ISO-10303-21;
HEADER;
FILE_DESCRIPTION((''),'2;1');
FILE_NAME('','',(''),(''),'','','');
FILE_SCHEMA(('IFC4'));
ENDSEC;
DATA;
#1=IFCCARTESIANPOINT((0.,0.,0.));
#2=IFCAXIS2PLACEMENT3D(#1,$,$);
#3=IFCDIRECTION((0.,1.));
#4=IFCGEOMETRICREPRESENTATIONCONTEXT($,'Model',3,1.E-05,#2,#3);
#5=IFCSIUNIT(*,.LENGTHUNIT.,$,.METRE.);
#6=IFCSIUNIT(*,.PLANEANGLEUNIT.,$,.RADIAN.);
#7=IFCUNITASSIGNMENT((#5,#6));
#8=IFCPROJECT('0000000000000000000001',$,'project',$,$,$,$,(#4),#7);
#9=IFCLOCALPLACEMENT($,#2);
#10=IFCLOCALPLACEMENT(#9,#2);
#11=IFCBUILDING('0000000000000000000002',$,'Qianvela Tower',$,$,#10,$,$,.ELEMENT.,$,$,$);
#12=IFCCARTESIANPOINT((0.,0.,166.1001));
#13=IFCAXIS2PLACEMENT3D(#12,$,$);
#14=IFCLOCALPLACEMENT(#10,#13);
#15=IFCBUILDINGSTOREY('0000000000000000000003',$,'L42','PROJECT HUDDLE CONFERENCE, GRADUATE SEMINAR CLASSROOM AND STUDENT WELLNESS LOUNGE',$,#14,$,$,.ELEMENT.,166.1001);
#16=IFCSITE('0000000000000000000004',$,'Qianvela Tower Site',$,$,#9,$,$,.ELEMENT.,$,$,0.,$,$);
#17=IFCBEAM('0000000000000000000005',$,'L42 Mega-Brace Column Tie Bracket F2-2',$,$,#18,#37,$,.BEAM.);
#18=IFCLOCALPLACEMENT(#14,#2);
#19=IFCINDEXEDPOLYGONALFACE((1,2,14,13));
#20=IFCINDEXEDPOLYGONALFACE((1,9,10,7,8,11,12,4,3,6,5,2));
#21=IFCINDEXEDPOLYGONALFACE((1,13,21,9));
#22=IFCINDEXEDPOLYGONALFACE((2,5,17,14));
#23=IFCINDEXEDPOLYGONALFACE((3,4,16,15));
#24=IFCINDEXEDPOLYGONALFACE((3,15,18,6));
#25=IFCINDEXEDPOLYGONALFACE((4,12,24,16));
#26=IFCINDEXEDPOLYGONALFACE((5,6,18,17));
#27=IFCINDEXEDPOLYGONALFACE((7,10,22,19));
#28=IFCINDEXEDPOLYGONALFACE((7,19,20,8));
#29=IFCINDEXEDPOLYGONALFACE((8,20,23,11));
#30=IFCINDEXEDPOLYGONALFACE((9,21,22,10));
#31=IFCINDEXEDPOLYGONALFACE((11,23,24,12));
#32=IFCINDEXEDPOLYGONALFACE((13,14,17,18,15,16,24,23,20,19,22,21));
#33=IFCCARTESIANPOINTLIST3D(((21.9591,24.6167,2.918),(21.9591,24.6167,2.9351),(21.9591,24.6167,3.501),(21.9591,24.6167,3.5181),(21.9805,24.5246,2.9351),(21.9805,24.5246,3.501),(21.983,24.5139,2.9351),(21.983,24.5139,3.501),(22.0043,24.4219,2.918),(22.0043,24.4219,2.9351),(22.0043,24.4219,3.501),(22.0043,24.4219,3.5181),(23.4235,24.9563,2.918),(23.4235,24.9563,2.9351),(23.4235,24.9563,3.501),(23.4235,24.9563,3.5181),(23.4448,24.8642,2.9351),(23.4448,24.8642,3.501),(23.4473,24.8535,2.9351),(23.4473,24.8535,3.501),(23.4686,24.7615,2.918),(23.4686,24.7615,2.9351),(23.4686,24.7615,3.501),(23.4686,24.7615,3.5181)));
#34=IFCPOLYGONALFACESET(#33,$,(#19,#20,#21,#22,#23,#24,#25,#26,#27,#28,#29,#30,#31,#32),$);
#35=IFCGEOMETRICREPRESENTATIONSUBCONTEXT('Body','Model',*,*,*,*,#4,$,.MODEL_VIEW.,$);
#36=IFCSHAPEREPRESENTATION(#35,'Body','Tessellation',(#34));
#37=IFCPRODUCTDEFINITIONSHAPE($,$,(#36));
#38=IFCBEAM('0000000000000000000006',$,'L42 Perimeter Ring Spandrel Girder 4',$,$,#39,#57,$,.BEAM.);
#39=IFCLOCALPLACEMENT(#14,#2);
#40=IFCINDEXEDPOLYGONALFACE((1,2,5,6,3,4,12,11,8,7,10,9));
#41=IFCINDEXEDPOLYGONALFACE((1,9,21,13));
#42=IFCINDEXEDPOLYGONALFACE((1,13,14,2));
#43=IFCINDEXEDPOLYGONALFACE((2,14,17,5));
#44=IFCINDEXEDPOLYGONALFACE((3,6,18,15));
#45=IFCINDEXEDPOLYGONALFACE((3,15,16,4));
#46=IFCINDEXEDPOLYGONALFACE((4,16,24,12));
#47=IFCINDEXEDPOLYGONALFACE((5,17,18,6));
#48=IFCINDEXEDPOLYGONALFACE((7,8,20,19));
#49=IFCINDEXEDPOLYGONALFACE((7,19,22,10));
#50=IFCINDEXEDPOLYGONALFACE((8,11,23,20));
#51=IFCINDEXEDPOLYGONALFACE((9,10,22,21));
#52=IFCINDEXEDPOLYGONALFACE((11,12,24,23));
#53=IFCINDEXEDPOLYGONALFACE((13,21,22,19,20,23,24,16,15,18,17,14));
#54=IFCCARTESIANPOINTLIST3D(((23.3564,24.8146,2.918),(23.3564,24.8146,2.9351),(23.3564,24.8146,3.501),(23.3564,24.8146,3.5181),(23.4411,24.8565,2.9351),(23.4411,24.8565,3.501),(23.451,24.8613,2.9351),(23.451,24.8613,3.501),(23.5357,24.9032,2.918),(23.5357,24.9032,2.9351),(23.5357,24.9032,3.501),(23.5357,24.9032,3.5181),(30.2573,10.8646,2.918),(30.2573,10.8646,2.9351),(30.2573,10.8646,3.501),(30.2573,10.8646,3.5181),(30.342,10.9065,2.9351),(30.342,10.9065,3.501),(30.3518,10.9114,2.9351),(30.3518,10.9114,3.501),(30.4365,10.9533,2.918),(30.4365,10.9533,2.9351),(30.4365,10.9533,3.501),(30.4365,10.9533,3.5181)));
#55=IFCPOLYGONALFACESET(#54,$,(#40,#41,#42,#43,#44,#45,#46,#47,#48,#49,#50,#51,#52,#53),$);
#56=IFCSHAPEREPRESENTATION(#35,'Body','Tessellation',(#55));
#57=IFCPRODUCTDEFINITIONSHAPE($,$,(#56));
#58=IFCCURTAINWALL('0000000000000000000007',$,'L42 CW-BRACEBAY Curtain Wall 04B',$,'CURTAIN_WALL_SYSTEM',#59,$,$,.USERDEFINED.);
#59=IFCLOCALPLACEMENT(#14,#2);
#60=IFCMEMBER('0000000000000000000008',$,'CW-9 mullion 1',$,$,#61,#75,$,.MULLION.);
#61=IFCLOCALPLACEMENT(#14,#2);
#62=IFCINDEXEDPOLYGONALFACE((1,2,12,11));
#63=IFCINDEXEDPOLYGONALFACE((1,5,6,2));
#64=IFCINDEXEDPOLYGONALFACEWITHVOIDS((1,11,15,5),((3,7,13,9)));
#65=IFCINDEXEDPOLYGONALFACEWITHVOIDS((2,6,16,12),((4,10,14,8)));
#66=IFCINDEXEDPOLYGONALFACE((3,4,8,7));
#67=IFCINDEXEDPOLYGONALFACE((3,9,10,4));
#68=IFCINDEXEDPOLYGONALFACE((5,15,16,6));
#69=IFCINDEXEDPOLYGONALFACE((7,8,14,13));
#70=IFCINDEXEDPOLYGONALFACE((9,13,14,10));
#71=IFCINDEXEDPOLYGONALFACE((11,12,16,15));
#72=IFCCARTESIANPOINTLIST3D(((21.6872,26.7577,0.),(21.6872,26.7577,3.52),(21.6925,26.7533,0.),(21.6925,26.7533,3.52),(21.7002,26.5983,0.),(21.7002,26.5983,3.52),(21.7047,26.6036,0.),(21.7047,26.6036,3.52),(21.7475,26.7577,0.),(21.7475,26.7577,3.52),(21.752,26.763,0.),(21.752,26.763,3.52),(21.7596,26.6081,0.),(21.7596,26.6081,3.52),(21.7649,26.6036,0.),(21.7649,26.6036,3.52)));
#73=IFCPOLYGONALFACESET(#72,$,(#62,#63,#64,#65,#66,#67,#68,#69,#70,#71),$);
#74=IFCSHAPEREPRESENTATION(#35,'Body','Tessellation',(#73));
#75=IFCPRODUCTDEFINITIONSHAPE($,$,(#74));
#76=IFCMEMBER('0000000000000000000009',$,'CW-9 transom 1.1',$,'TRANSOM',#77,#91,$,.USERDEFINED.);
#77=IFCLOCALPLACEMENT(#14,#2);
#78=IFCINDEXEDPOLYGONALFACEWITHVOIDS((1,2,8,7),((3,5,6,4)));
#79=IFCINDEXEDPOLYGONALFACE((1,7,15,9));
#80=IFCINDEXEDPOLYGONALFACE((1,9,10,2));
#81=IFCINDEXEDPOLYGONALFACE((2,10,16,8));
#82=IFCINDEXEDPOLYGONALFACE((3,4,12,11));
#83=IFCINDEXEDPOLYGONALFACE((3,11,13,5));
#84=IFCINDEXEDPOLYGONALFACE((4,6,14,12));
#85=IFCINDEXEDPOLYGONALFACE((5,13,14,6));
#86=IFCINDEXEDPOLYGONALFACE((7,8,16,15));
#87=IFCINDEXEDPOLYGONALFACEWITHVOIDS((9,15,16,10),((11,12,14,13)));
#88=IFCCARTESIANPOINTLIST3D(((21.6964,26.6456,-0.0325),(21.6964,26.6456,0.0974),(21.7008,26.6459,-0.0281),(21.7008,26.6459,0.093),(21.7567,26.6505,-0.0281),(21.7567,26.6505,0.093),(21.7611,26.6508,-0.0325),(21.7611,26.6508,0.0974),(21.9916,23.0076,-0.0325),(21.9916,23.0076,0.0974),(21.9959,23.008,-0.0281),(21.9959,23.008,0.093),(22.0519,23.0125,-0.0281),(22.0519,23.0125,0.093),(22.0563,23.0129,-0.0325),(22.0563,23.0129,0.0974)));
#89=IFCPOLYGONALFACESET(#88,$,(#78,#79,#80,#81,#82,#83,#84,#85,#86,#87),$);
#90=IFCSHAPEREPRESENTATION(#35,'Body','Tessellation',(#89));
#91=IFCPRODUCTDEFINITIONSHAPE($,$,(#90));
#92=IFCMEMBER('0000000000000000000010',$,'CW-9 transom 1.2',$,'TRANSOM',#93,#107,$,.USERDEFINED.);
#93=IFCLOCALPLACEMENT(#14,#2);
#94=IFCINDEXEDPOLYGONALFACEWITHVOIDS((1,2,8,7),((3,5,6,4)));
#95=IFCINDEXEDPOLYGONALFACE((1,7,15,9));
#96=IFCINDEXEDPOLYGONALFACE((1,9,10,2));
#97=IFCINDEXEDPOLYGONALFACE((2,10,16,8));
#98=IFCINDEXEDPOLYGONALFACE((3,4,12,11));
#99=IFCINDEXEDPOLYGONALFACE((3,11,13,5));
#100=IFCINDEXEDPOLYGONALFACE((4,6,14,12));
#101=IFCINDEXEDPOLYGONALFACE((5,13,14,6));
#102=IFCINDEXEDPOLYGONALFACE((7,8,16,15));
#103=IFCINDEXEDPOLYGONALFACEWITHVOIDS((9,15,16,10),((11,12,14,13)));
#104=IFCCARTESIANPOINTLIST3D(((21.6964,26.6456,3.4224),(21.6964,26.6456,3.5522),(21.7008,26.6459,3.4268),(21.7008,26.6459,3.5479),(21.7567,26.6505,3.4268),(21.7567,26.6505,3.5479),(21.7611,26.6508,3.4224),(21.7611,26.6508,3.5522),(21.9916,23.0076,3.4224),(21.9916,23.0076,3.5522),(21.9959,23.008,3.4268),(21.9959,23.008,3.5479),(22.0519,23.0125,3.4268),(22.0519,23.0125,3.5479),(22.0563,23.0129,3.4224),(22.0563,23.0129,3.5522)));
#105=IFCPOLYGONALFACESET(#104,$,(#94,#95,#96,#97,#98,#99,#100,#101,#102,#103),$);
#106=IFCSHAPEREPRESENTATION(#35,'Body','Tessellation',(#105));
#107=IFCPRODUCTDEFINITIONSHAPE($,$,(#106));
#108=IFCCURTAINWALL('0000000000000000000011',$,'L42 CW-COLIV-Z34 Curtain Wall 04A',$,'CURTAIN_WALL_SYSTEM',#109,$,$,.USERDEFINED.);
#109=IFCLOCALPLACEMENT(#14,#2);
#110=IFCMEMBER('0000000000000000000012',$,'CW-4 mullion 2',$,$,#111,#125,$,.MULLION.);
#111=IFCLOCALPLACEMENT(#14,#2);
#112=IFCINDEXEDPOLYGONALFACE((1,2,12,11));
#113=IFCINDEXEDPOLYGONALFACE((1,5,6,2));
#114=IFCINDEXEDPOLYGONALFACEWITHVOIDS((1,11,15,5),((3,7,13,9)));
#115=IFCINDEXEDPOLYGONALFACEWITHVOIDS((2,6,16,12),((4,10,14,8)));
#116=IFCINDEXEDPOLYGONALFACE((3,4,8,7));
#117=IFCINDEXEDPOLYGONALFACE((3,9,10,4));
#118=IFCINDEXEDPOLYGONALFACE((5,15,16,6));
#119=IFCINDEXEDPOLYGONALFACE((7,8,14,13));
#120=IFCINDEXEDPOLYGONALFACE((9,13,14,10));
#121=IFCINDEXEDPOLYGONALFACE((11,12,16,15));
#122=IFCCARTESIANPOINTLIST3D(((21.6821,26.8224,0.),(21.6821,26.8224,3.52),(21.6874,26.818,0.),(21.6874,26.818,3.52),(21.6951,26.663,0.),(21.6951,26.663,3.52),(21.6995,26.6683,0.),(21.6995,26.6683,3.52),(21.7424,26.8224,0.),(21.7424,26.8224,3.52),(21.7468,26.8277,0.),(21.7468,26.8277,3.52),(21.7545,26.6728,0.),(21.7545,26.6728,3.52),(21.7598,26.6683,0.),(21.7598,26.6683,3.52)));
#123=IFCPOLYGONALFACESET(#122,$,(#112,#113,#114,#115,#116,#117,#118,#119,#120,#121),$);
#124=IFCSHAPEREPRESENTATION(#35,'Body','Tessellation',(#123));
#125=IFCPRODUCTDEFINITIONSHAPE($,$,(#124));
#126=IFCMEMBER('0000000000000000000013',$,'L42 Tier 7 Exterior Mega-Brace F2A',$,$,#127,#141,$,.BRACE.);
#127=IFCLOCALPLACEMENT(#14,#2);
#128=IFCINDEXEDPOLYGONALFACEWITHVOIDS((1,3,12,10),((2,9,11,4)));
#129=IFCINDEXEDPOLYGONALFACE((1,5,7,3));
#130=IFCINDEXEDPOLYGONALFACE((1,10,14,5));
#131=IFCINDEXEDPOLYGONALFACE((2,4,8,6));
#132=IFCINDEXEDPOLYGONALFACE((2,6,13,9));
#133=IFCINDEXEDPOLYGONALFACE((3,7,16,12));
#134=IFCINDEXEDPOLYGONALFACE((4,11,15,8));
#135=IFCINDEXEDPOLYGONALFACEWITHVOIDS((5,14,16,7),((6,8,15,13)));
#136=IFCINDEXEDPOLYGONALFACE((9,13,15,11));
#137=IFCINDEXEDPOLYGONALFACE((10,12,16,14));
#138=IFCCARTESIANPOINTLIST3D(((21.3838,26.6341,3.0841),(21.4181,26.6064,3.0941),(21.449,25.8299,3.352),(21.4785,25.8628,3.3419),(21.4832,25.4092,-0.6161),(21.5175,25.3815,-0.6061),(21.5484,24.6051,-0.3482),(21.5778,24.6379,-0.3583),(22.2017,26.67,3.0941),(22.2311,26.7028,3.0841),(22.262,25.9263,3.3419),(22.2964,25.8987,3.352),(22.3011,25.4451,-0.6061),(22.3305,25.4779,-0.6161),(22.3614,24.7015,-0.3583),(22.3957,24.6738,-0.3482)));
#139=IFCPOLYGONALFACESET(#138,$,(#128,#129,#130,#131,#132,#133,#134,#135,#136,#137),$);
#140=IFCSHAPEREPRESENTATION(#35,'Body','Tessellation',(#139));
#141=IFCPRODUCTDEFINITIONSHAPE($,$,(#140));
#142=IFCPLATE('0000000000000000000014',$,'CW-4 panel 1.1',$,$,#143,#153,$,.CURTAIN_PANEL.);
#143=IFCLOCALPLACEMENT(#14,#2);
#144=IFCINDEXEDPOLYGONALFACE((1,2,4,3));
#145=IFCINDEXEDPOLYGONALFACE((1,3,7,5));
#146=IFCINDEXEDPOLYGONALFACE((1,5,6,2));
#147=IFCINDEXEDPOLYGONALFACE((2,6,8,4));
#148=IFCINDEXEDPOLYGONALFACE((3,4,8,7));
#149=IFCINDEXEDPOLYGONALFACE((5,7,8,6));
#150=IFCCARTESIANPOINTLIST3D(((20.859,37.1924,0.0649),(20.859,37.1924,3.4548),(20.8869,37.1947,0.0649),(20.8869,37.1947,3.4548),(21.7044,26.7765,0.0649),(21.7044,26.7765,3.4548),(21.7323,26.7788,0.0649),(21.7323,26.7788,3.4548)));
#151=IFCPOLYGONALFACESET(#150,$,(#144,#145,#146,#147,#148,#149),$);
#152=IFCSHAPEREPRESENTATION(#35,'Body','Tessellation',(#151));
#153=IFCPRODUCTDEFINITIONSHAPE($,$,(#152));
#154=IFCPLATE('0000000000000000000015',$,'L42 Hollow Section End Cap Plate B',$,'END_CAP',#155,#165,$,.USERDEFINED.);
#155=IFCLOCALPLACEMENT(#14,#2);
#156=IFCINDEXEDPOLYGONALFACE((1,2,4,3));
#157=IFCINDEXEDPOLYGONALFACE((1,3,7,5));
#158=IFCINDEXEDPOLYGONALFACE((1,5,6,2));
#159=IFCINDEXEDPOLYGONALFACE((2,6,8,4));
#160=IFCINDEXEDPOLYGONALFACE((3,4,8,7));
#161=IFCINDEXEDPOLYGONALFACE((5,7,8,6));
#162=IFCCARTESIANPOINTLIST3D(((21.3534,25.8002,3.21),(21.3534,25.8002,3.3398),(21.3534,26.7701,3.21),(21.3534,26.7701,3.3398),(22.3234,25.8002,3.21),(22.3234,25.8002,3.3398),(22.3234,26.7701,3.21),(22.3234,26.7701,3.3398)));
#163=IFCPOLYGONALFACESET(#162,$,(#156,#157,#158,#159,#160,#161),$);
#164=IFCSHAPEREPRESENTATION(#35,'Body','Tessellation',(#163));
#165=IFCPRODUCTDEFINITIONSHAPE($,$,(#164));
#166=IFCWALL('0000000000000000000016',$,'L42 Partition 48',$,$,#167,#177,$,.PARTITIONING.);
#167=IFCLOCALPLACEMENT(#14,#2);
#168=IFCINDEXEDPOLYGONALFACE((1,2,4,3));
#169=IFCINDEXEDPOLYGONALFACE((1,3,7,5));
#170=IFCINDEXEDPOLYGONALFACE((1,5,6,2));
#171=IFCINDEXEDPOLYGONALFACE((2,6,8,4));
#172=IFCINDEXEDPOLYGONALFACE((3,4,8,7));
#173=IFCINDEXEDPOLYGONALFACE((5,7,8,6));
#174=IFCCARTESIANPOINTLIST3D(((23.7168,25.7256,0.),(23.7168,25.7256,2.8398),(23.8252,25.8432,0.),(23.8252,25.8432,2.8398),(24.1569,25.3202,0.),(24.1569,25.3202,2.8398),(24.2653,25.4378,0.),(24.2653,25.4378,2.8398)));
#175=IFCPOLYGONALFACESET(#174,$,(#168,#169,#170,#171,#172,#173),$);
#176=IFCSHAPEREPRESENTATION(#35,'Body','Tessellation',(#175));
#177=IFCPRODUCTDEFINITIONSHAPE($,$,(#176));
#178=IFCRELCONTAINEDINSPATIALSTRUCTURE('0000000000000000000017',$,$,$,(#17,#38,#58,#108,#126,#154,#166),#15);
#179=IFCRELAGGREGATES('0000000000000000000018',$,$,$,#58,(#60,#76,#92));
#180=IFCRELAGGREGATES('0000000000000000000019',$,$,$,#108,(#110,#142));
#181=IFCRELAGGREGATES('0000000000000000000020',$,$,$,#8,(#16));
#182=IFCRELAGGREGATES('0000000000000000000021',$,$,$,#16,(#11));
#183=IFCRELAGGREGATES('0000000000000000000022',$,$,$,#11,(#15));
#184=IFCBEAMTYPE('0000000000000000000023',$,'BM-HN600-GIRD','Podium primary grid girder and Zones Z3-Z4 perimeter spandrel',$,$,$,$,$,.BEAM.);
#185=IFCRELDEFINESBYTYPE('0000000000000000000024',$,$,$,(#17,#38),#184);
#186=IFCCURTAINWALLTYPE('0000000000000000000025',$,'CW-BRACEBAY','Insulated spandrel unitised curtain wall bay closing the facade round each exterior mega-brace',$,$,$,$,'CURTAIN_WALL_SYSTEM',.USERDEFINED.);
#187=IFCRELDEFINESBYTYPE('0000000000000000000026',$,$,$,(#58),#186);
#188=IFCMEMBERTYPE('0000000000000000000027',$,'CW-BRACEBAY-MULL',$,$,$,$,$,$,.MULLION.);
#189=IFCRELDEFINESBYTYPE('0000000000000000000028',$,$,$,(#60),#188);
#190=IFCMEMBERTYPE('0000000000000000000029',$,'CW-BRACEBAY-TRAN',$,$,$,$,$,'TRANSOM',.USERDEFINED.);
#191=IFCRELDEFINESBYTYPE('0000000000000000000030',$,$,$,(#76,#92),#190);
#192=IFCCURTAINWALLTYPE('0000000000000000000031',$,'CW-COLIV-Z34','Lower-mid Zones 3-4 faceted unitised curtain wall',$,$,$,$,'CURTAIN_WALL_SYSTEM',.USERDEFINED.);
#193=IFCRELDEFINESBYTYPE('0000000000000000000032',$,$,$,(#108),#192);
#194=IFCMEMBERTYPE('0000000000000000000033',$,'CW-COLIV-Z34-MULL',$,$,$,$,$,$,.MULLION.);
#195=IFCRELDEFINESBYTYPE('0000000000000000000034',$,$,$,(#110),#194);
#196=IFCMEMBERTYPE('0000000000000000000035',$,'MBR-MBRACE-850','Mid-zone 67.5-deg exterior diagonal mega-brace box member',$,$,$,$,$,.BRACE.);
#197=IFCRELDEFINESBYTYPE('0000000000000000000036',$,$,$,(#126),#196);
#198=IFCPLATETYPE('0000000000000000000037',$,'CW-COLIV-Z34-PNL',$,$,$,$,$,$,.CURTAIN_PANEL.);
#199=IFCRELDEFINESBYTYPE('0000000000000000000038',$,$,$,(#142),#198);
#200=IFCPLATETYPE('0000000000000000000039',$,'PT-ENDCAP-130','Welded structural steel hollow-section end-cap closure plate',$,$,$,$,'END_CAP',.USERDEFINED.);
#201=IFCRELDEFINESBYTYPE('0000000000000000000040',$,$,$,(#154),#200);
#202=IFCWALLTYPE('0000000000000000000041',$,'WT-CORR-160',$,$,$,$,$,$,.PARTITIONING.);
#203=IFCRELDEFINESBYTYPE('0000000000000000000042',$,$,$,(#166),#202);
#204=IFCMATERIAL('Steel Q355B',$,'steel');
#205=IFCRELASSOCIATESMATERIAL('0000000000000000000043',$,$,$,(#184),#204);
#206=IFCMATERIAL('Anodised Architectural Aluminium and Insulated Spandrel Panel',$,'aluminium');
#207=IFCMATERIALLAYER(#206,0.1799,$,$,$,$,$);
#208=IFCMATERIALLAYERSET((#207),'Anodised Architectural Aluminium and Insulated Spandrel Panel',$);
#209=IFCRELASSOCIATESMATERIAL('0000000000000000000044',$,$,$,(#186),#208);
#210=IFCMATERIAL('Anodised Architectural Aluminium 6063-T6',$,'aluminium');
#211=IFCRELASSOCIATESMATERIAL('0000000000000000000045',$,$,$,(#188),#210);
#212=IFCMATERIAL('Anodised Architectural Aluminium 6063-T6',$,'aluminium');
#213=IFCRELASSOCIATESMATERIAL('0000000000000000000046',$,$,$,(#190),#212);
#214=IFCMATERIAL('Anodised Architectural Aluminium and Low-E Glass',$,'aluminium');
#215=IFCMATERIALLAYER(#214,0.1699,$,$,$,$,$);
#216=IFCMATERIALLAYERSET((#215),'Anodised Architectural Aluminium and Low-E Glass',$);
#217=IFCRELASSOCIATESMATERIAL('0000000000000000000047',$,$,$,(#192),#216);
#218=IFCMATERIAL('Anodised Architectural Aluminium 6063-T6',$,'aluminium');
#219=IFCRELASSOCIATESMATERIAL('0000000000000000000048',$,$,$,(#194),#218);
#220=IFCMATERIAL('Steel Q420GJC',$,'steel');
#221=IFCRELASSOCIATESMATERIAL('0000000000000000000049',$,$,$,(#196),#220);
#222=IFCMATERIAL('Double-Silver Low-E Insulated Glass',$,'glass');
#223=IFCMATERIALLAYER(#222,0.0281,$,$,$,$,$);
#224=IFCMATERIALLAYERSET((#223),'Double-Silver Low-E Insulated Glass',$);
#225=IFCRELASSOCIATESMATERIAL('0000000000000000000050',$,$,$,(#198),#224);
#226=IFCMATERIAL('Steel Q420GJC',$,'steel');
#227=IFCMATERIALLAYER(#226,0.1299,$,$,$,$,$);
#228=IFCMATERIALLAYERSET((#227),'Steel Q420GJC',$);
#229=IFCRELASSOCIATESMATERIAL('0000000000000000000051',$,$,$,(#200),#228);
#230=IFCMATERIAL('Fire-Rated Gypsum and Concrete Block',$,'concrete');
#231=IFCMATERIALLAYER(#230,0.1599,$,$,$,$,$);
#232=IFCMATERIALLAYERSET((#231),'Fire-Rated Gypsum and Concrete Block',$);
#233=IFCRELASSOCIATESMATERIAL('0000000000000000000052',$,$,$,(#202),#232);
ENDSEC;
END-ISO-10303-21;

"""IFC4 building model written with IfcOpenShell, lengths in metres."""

from ifc_helpers import new_model, si_unit, direction, frame, frame_2d, origin, origin_2d, place, context, subcontext, project, spatial, rectangle, hollow_rectangle, i_section, extrude, material, layer, layer_set, material_profile, profile_set, type_object, element, aggregate, save


model = new_model("IFC4")

# Units and contexts
model_context = context("Model", 3, precision=1e-05, world=origin(), true_north=direction((0.0, 1.0)))
body_context = subcontext(model_context, "Body", "Model", "MODEL_VIEW")
ifc_project = project(units=[si_unit("LENGTHUNIT", "METRE"), si_unit("PLANEANGLEUNIT", "RADIAN")], contexts=[model_context])

# Site, building, storey
site_placement = place(None, origin())
site = spatial("IfcSite", under=ifc_project, at=site_placement, Name="Qianvela Tower Site", CompositionType="ELEMENT", RefElevation=0.0)
building_placement = place(site_placement, origin())
building = spatial("IfcBuilding", under=site, at=building_placement, Name="Qianvela Tower", CompositionType="ELEMENT")
storey_placement = place(building_placement, frame((0.0, 0.0, 166.1001)))
storey = spatial("IfcBuildingStorey", under=building, at=storey_placement, Name="L42", Description="PROJECT HUDDLE CONFERENCE, GRADUATE SEMINAR CLASSROOM AND STUDENT WELLNESS LOUNGE", CompositionType="ELEMENT", Elevation=166.1001)

# Beams
ifc_material_1 = material(Name="Steel Q355B", Category="steel")
ifc_material_profile_1 = material_profile(ifc_material_1, i_section(OverallWidth=0.2, OverallDepth=0.6001, WebThickness=0.011, FlangeThickness=0.0171, at=origin_2d()), Name="HN600x200x11x17")
ifc_profile_set_1 = profile_set([ifc_material_profile_1], Name="Steel Q355B")
beam_type = type_object("IfcBeamType", Name="BM-HN600-GIRD", Description="Podium primary grid girder and Zones Z3-Z4 perimeter spandrel", PredefinedType="BEAM", material=ifc_profile_set_1)
beam_1_placement = place(storey_placement, frame((23.446, 24.8589, 3.218), z_axis=(-0.974147, -0.225915, 0.0), x_axis=(0.225915, -0.974147, 0.0)))
element("IfcBeam", 1, at=beam_1_placement, inside=storey, type_object=beam_type, Name="L42 Mega-Brace Column Tie Bracket F2-2", PredefinedType="BEAM", context=body_context, shape_type="SweptSolid", body=[
    extrude(i_section(OverallWidth=0.2, OverallDepth=0.6001, WebThickness=0.011, FlangeThickness=0.0171, at=origin_2d()), origin(), (0.0, 0.0, 1.0), 1.5032),
])
beam_2_placement = place(storey_placement, frame((23.446, 24.8589, 3.218), z_axis=(0.443401, -0.896323, 0.0), x_axis=(0.896323, 0.443401, 0.0)))
element("IfcBeam", 2, at=beam_2_placement, inside=storey, type_object=beam_type, Name="L42 Perimeter Ring Spandrel Girder 4", PredefinedType="BEAM", context=body_context, shape_type="SweptSolid", body=[
    extrude(i_section(OverallWidth=0.2, OverallDepth=0.6001, WebThickness=0.011, FlangeThickness=0.0171, at=origin_2d()), origin(), (0.0, 0.0, 1.0), 15.5635),
])

# Curtain wall, members
ifc_material_2 = material(Name="Anodised Architectural Aluminium and Insulated Spandrel Panel", Category="aluminium")
ifc_layer_1 = layer(ifc_material_2, 0.1799)
ifc_layer_set_1 = layer_set([ifc_layer_1], Name="Anodised Architectural Aluminium and Insulated Spandrel Panel")
curtain_wall_type_1 = type_object("IfcCurtainWallType", Name="CW-BRACEBAY", Description="Insulated spandrel unitised curtain wall bay closing the facade round each exterior mega-brace", ElementType="CURTAIN_WALL_SYSTEM", PredefinedType="USERDEFINED", material=ifc_layer_set_1)
curtain_wall_1_placement = place(storey_placement, origin())
curtain_wall_1 = element("IfcCurtainWall", 3, at=curtain_wall_1_placement, inside=storey, type_object=curtain_wall_type_1, Name="L42 CW-BRACEBAY Curtain Wall 04B", ObjectType="CURTAIN_WALL_SYSTEM", PredefinedType="USERDEFINED")
ifc_material_3 = material(Name="Anodised Architectural Aluminium 6063-T6", Category="aluminium")
ifc_material_profile_2 = material_profile(ifc_material_3, hollow_rectangle(XDim=0.0649, YDim=0.1599, WallThickness=0.0049, at=origin_2d()), Name="ALU-MULL-65x160")
ifc_profile_set_2 = profile_set([ifc_material_profile_2], Name="Anodised Architectural Aluminium 6063-T6")
member_type_1 = type_object("IfcMemberType", Name="CW-BRACEBAY-MULL", PredefinedType="MULLION", material=ifc_profile_set_2)
member_1_placement = place(storey_placement, frame((21.7261, 26.6807, 0.0), z_axis=(0.0, 0.0, 1.0), x_axis=(0.996722, 0.0809, 0.0)))
member_1 = element("IfcMember", 4, at=member_1_placement, type_object=member_type_1, Name="CW-9 mullion 1", PredefinedType="MULLION", context=body_context, shape_type="SweptSolid", body=[
    extrude(hollow_rectangle(XDim=0.0649, YDim=0.1599, WallThickness=0.0049, at=origin_2d()), origin(), (0.0, 0.0, 1.0), 3.52),
])
ifc_material_4 = material(Name="Anodised Architectural Aluminium 6063-T6", Category="aluminium")
ifc_material_profile_3 = material_profile(ifc_material_4, hollow_rectangle(XDim=0.0649, YDim=0.1299, WallThickness=0.0044, at=origin_2d()), Name="ALU-TRAN-65x130")
ifc_profile_set_3 = profile_set([ifc_material_profile_3], Name="Anodised Architectural Aluminium 6063-T6")
member_type_2 = type_object("IfcMemberType", Name="CW-BRACEBAY-TRAN", ElementType="TRANSOM", PredefinedType="USERDEFINED", material=ifc_profile_set_3)
member_2_placement = place(storey_placement, frame((21.7288, 26.6482, 0.0325), z_axis=(0.08087, -0.996725, 0.0), x_axis=(0.996725, 0.08087, 0.0)))
member_2 = element("IfcMember", 5, at=member_2_placement, type_object=member_type_2, Name="CW-9 transom 1.1", ObjectType="TRANSOM", PredefinedType="USERDEFINED", context=body_context, shape_type="SweptSolid", body=[
    extrude(hollow_rectangle(XDim=0.0649, YDim=0.1299, WallThickness=0.0044, at=origin_2d()), origin(), (0.0, 0.0, 1.0), 3.6499),
])
member_3_placement = place(storey_placement, frame((21.7288, 26.6482, 3.4873), z_axis=(0.08087, -0.996725, 0.0), x_axis=(0.996725, 0.08087, 0.0)))
member_3 = element("IfcMember", 6, at=member_3_placement, type_object=member_type_2, Name="CW-9 transom 1.2", ObjectType="TRANSOM", PredefinedType="USERDEFINED", context=body_context, shape_type="SweptSolid", body=[
    extrude(hollow_rectangle(XDim=0.0649, YDim=0.1299, WallThickness=0.0044, at=origin_2d()), origin(), (0.0, 0.0, 1.0), 3.6499),
])
aggregate(curtain_wall_1, [member_1, member_2, member_3])

# Curtain wall, member
ifc_material_5 = material(Name="Anodised Architectural Aluminium and Low-E Glass", Category="aluminium")
ifc_layer_2 = layer(ifc_material_5, 0.1699)
ifc_layer_set_2 = layer_set([ifc_layer_2], Name="Anodised Architectural Aluminium and Low-E Glass")
curtain_wall_type_2 = type_object("IfcCurtainWallType", Name="CW-COLIV-Z34", Description="Lower-mid Zones 3-4 faceted unitised curtain wall", ElementType="CURTAIN_WALL_SYSTEM", PredefinedType="USERDEFINED", material=ifc_layer_set_2)
curtain_wall_2_placement = place(storey_placement, origin())
curtain_wall_2 = element("IfcCurtainWall", 7, at=curtain_wall_2_placement, inside=storey, type_object=curtain_wall_type_2, Name="L42 CW-COLIV-Z34 Curtain Wall 04A", ObjectType="CURTAIN_WALL_SYSTEM", PredefinedType="USERDEFINED")
ifc_material_6 = material(Name="Anodised Architectural Aluminium 6063-T6", Category="aluminium")
ifc_material_profile_4 = material_profile(ifc_material_6, hollow_rectangle(XDim=0.0649, YDim=0.1599, WallThickness=0.0049, at=origin_2d()), Name="ALU-MULL-65x160")
ifc_profile_set_4 = profile_set([ifc_material_profile_4], Name="Anodised Architectural Aluminium 6063-T6")
member_type_3 = type_object("IfcMemberType", Name="CW-COLIV-Z34-MULL", PredefinedType="MULLION", material=ifc_profile_set_4)
member_4_placement = place(storey_placement, frame((21.7209, 26.7454, 0.0), z_axis=(0.0, 0.0, 1.0), x_axis=(0.996722, 0.080897, 0.0)))
member_4 = element("IfcMember", 8, at=member_4_placement, type_object=member_type_3, Name="CW-4 mullion 2", PredefinedType="MULLION", context=body_context, shape_type="SweptSolid", body=[
    extrude(hollow_rectangle(XDim=0.0649, YDim=0.1599, WallThickness=0.0049, at=origin_2d()), origin(), (0.0, 0.0, 1.0), 3.52),
])

# Member
ifc_material_7 = material(Name="Steel Q420GJC", Category="steel")
ifc_material_profile_5 = material_profile(ifc_material_7, hollow_rectangle(XDim=0.8501, YDim=0.8501, WallThickness=0.032, at=origin_2d()), Name="MBOX-850x850x32")
ifc_profile_set_5 = profile_set([ifc_material_profile_5], Name="Steel Q420GJC")
member_type_4 = type_object("IfcMemberType", Name="MBR-MBRACE-850", Description="Mid-zone 67.5-deg exterior diagonal mega-brace box member", PredefinedType="BRACE", material=ifc_profile_set_5)
member_5_placement = place(storey_placement, frame((21.9395, 25.0415, -0.4822), z_axis=(-0.025485, 0.314152, 0.949031), x_axis=(-0.996726, -0.080859, 0.0)))
element("IfcMember", 9, at=member_5_placement, inside=storey, type_object=member_type_4, Name="L42 Tier 7 Exterior Mega-Brace F2A", PredefinedType="BRACE", context=body_context, shape_type="SweptSolid", body=[
    extrude(hollow_rectangle(XDim=0.8501, YDim=0.8501, WallThickness=0.032, at=origin_2d()), origin(), (0.0, 0.0, 1.0), 3.8989),
])

# Plates
ifc_material_8 = material(Name="Double-Silver Low-E Insulated Glass", Category="glass")
ifc_layer_3 = layer(ifc_material_8, 0.0281)
ifc_layer_set_3 = layer_set([ifc_layer_3], Name="Double-Silver Low-E Insulated Glass")
plate_type_1 = type_object("IfcPlateType", Name="CW-COLIV-Z34-PNL", PredefinedType="CURTAIN_PANEL", material=ifc_layer_set_3)
plate_1_placement = place(storey_placement, frame((21.2957, 31.9856, 0.0649), z_axis=(0.0, 0.0, 1.0), x_axis=(0.080897, -0.996722, 0.0)))
plate_1 = element("IfcPlate", 10, at=plate_1_placement, type_object=plate_type_1, Name="CW-4 panel 1.1", PredefinedType="CURTAIN_PANEL", context=body_context, shape_type="SweptSolid", body=[
    extrude(rectangle(XDim=10.4502, YDim=0.0281, at=origin_2d()), origin(), (0.0, 0.0, 1.0), 3.3899),
])
aggregate(curtain_wall_2, [member_4, plate_1])
ifc_material_9 = material(Name="Steel Q420GJC", Category="steel")
ifc_layer_4 = layer(ifc_material_9, 0.1299)
ifc_layer_set_4 = layer_set([ifc_layer_4], Name="Steel Q420GJC")
plate_type_2 = type_object("IfcPlateType", Name="PT-ENDCAP-130", Description="Welded structural steel hollow-section end-cap closure plate", ElementType="END_CAP", PredefinedType="USERDEFINED", material=ifc_layer_set_4)
plate_2_placement = place(storey_placement, frame((21.8384, 26.2852, 3.21), z_axis=(0.0, 0.0, 1.0), x_axis=(1.0, 0.0, 0.0)))
element("IfcPlate", 11, at=plate_2_placement, inside=storey, type_object=plate_type_2, Name="L42 Hollow Section End Cap Plate B", ObjectType="END_CAP", PredefinedType="USERDEFINED", context=body_context, shape_type="SweptSolid", body=[
    extrude(rectangle(XDim=0.97, YDim=0.97, at=origin_2d()), origin(), (0.0, 0.0, 1.0), 0.1299),
])

# Wall
ifc_material_10 = material(Name="Fire-Rated Gypsum and Concrete Block", Category="concrete")
ifc_layer_5 = layer(ifc_material_10, 0.1599)
ifc_layer_set_5 = layer_set([ifc_layer_5], Name="Fire-Rated Gypsum and Concrete Block")
wall_type_1 = type_object("IfcWallType", Name="WT-CORR-160", PredefinedType="PARTITIONING", material=ifc_layer_set_5)
wall_1_placement = place(storey_placement, frame((24.2112, 25.3789, 0.0), z_axis=(0.0, 0.0, 1.0), x_axis=(-0.735476, 0.677551, 0.0)))
element("IfcWall", 12, at=wall_1_placement, inside=storey, type_object=wall_type_1, Name="L42 Partition 48", PredefinedType="PARTITIONING", context=body_context, shape_type="SweptSolid", body=[
    extrude(rectangle(XDim=0.5984, YDim=0.1599, at=frame_2d((0.2993, 0.0))), origin(), (0.0, 0.0, 1.0), 2.8398),
])

save(model, "model.ifc")
